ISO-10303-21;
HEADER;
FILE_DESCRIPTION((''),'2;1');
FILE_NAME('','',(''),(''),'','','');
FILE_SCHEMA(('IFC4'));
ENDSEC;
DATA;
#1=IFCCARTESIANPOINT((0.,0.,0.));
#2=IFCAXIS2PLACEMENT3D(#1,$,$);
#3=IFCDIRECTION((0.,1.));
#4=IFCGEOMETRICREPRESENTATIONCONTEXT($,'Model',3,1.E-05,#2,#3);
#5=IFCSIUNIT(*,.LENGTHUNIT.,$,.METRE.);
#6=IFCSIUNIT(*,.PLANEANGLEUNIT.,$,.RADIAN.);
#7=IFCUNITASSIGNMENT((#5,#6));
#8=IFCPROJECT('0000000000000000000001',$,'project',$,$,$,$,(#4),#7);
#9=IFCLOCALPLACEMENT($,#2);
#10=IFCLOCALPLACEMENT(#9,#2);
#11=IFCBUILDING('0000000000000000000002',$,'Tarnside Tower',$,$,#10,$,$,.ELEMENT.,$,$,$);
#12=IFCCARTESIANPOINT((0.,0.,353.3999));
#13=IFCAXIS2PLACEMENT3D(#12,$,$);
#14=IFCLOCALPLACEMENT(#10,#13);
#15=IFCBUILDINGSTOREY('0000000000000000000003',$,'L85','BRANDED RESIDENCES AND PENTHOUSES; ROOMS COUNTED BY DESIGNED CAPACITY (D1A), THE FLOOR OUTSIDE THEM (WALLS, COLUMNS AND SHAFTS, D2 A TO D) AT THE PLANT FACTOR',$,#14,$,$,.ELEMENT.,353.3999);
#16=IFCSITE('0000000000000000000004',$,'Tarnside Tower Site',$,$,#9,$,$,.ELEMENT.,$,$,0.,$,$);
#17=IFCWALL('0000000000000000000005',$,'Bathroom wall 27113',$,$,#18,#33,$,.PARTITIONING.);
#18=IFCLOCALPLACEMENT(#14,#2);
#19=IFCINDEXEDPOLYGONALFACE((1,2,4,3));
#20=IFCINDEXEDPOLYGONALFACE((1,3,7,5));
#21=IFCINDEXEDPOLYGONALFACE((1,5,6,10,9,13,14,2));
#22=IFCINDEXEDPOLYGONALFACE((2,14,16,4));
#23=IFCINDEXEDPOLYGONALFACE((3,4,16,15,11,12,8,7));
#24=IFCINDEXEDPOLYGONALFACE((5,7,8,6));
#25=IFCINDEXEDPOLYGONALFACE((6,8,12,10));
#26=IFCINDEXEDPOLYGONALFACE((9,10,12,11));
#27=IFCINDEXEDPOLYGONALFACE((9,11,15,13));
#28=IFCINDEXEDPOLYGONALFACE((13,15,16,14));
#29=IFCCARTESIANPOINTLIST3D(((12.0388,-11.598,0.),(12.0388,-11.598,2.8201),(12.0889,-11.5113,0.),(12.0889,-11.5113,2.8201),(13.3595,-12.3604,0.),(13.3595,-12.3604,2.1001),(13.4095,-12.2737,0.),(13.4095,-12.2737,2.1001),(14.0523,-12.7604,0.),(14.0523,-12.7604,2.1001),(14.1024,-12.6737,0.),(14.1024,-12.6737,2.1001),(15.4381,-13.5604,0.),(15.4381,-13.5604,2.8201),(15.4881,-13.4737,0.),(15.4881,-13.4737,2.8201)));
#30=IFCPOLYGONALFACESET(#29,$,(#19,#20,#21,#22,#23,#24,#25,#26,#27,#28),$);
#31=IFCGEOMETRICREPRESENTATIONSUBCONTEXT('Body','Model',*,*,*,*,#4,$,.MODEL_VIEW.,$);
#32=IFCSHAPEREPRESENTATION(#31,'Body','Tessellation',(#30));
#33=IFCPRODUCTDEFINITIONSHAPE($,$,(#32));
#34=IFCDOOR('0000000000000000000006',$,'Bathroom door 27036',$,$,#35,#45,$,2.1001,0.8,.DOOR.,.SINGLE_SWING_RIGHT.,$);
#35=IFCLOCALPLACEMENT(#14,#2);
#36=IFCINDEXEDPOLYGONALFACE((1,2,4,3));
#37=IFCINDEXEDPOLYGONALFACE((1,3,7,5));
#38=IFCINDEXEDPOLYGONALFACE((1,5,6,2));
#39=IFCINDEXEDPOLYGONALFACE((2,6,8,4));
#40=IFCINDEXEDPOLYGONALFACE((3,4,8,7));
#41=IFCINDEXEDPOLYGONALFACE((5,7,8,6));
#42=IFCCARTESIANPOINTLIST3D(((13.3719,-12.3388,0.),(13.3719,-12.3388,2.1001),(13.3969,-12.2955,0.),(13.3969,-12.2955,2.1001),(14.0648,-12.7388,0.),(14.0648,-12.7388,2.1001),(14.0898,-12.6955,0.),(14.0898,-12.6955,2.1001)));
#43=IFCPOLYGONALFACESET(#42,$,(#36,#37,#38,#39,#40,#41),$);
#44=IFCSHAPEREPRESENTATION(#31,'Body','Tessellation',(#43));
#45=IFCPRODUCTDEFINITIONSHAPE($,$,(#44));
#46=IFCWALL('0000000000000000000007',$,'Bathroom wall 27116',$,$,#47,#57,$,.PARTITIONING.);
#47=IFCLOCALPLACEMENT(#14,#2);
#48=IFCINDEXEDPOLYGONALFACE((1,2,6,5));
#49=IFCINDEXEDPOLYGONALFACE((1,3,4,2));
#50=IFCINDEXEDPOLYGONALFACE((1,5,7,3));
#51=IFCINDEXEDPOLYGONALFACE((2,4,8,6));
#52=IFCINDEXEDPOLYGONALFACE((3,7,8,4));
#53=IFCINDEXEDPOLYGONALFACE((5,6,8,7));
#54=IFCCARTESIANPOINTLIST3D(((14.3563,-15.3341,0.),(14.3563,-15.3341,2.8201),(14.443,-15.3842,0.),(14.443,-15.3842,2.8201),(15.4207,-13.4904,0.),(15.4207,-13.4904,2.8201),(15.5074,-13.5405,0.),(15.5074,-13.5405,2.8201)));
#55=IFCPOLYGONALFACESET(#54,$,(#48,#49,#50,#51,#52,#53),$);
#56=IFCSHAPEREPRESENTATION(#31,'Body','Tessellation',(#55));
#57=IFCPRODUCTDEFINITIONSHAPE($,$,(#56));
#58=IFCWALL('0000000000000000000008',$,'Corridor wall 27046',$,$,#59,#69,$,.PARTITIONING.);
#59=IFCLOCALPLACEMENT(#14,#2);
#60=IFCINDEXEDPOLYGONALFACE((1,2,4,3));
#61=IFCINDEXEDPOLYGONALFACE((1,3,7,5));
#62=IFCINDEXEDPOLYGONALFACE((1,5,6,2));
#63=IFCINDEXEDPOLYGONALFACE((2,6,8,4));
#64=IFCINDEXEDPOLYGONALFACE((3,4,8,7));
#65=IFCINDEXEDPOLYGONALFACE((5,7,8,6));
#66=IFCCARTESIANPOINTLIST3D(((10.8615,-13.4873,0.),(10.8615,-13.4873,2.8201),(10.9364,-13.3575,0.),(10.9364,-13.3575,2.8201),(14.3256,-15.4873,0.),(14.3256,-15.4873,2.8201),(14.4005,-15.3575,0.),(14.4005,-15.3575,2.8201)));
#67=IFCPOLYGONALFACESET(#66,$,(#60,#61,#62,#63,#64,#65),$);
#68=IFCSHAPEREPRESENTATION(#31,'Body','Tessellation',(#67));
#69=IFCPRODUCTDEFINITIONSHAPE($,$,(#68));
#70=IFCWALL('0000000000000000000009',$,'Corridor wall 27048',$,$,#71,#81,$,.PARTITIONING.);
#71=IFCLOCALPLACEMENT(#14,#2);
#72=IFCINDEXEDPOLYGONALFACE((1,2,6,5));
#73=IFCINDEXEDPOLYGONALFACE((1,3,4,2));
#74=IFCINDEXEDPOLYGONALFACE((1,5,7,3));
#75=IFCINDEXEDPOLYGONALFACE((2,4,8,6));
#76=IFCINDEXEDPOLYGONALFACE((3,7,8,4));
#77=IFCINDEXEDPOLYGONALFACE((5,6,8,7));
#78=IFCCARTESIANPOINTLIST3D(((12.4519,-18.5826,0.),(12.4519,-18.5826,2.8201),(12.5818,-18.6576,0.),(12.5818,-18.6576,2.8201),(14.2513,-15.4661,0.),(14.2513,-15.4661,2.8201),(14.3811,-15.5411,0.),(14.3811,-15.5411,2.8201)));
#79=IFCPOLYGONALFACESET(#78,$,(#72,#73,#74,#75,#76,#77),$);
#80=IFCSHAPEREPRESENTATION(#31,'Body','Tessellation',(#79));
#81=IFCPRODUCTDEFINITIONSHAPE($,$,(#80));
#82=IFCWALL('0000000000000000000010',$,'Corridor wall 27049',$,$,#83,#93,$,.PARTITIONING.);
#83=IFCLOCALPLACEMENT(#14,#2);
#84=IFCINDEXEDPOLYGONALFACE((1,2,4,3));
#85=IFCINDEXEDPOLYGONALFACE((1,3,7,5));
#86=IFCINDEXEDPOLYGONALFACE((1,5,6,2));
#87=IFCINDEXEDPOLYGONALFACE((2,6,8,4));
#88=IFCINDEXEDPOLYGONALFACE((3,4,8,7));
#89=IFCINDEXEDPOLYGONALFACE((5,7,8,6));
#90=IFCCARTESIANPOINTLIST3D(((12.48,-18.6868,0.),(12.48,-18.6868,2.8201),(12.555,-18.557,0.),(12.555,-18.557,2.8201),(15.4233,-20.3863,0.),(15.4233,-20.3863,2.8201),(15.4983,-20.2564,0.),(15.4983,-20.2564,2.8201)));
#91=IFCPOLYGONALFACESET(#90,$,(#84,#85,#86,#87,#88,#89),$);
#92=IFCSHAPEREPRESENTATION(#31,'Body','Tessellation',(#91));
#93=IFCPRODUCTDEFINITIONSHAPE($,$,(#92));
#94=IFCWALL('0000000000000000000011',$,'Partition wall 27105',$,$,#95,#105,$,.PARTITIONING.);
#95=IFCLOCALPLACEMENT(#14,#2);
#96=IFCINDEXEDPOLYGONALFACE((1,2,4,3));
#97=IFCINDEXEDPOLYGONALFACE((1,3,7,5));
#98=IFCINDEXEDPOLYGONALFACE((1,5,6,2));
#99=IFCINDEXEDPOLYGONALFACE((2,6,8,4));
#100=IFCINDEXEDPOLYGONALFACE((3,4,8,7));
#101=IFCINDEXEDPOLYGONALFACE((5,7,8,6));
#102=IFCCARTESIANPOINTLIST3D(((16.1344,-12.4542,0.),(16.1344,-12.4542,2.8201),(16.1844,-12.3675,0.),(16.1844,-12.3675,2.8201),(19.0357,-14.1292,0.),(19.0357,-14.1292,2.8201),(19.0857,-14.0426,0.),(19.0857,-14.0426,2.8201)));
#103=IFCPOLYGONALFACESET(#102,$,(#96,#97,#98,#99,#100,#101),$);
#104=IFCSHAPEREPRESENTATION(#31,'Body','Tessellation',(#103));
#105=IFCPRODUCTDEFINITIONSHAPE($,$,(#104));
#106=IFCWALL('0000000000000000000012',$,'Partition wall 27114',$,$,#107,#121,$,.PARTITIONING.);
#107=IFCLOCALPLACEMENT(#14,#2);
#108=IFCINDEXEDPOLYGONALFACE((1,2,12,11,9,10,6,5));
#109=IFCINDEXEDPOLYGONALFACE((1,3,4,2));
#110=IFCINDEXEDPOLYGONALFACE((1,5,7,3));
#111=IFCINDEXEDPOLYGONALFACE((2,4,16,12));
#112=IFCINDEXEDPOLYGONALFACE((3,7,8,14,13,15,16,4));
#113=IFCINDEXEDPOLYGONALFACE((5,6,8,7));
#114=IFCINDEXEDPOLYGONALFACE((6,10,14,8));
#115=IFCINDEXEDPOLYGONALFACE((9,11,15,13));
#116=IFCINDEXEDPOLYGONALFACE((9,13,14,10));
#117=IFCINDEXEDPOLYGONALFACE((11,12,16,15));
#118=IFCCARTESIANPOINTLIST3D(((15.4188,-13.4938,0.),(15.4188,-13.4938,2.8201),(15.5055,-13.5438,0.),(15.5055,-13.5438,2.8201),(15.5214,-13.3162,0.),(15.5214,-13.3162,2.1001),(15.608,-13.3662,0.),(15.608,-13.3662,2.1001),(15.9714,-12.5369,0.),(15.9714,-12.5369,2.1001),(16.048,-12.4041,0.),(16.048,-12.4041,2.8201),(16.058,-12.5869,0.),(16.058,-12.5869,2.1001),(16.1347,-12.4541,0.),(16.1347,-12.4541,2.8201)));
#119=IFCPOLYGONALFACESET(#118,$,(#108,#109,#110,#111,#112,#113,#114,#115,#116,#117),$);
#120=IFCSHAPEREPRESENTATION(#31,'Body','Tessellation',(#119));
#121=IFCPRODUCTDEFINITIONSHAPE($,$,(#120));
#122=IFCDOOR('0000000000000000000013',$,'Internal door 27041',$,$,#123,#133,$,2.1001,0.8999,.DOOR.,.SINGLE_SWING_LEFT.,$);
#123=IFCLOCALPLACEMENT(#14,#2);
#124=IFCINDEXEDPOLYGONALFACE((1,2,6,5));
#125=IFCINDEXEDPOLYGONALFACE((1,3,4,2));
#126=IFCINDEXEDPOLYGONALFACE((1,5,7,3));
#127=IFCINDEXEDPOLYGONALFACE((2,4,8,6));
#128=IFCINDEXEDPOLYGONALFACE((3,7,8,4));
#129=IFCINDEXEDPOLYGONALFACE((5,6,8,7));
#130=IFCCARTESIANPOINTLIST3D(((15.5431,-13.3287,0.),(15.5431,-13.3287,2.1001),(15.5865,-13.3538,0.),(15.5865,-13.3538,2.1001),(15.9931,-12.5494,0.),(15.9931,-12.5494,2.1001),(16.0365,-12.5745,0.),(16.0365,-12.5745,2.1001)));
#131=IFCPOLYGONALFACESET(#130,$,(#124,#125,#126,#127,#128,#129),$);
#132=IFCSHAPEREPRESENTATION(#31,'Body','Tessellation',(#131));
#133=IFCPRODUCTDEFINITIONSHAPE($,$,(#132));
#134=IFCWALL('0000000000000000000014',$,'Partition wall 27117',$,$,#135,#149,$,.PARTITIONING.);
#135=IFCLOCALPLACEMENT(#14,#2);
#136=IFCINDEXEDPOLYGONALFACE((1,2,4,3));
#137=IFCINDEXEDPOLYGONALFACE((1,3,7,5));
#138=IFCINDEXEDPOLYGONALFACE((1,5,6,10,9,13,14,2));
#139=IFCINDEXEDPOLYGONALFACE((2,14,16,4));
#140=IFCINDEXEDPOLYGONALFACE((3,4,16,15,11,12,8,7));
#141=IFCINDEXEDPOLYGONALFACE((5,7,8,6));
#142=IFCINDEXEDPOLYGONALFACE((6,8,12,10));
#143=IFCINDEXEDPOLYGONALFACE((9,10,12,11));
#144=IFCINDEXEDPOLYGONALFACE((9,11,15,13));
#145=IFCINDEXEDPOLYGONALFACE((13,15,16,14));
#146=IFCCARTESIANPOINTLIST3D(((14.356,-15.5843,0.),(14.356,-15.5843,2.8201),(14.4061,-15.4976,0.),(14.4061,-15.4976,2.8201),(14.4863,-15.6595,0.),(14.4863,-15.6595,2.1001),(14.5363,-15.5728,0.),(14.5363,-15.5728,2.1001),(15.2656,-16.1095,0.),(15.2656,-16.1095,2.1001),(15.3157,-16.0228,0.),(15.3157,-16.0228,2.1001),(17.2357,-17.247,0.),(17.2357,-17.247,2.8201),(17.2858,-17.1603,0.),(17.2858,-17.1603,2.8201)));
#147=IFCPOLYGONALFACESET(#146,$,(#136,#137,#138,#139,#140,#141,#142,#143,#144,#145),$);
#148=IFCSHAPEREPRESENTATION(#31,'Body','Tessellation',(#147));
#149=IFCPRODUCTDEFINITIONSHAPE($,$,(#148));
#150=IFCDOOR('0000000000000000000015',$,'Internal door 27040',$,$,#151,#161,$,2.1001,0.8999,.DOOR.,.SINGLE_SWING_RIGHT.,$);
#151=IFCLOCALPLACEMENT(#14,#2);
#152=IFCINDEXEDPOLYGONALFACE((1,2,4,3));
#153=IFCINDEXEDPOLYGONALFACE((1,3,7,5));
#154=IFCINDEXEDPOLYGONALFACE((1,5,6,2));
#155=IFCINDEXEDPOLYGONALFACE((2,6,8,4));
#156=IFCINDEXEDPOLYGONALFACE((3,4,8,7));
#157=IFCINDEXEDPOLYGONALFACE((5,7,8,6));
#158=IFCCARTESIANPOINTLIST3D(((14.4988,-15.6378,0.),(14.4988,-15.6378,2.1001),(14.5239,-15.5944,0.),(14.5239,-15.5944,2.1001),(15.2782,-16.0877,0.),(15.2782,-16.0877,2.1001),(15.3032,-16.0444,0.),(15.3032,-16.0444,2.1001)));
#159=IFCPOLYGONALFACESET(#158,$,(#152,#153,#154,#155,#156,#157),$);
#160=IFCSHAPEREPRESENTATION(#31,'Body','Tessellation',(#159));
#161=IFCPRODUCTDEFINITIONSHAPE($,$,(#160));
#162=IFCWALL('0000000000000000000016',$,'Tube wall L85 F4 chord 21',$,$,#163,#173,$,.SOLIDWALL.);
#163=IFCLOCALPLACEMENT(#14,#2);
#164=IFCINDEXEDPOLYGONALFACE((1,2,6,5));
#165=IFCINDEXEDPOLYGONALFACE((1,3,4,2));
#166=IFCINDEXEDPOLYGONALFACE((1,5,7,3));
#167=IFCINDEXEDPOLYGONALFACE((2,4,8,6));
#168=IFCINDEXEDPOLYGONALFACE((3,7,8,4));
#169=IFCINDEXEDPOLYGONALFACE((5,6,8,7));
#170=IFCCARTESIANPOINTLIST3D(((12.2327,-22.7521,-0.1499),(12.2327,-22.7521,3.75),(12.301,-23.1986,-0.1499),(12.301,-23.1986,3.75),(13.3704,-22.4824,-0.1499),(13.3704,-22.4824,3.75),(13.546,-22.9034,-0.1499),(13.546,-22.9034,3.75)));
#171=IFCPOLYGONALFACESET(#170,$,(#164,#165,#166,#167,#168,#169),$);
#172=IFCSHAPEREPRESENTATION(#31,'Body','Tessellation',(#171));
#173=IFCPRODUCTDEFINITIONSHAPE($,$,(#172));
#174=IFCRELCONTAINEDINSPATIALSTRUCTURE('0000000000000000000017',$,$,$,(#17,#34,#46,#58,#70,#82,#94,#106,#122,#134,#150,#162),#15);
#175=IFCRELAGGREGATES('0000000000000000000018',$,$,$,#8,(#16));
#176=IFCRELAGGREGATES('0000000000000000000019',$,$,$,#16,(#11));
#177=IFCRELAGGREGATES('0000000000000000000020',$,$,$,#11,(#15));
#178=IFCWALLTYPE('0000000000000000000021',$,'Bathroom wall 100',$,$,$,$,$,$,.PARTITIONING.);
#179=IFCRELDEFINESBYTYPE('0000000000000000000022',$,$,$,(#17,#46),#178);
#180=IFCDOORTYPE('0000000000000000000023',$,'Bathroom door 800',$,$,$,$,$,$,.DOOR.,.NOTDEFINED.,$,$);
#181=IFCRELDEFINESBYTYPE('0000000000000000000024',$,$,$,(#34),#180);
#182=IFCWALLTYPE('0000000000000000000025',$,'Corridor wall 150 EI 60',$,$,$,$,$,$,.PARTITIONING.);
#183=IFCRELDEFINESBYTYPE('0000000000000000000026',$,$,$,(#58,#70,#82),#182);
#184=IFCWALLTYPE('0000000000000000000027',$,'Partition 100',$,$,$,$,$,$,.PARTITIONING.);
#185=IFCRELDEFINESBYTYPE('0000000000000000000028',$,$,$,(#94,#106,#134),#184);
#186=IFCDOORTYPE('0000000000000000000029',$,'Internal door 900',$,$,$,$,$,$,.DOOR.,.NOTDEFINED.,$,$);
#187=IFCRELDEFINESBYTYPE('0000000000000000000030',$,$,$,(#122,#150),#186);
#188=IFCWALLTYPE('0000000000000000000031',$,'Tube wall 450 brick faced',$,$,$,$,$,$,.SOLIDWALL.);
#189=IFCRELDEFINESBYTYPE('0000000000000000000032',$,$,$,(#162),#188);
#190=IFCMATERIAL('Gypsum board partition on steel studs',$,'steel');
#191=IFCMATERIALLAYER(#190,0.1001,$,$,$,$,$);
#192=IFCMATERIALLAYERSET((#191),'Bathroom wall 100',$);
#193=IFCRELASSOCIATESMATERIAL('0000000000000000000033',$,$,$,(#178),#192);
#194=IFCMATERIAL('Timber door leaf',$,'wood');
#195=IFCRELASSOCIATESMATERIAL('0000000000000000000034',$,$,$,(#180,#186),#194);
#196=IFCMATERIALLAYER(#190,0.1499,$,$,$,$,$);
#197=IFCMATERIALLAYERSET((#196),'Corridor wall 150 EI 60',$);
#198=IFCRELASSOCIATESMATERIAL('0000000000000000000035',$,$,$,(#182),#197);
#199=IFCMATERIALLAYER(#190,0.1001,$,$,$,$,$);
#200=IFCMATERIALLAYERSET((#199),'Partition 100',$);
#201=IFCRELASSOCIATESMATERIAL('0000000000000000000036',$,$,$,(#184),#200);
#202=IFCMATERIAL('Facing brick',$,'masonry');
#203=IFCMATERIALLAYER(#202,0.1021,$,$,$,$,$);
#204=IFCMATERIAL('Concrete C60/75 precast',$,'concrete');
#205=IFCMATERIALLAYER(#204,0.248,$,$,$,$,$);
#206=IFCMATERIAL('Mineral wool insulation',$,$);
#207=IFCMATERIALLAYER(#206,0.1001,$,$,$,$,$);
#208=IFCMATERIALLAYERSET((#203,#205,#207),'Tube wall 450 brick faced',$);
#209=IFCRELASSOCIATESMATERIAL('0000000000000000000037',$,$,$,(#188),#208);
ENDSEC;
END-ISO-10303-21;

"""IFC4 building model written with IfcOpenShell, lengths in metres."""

from ifc_helpers import new_model, si_unit, direction, frame, frame_2d, origin, place, context, subcontext, project, spatial, polyline, rectangle, outline, extrude, material, layer, layer_set, type_object, element, fill, save


model = new_model("IFC4")

# Units and contexts
model_context = context("Model", 3, precision=1e-05, world=origin(), true_north=direction((0.0, 1.0)))
body_context = subcontext(model_context, "Body", "Model", "MODEL_VIEW")
ifc_project = project(units=[si_unit("LENGTHUNIT", "METRE"), si_unit("PLANEANGLEUNIT", "RADIAN")], contexts=[model_context])

# Site, building, storey
site_placement = place(None, origin())
site = spatial("IfcSite", under=ifc_project, at=site_placement, Name="Tarnside Tower Site", CompositionType="ELEMENT", RefElevation=0.0)
building_placement = place(site_placement, origin())
building = spatial("IfcBuilding", under=site, at=building_placement, Name="Tarnside Tower", CompositionType="ELEMENT")
storey_placement = place(building_placement, frame((0.0, 0.0, 353.3999)))
storey = spatial("IfcBuildingStorey", under=building, at=storey_placement, Name="L85", Description="BRANDED RESIDENCES AND PENTHOUSES; ROOMS COUNTED BY DESIGNED CAPACITY (D1A), THE FLOOR OUTSIDE THEM (WALLS, COLUMNS AND SHAFTS, D2 A TO D) AT THE PLANT FACTOR", CompositionType="ELEMENT", Elevation=353.3999)

# Wall, opening, door
ifc_material_1 = material(Name="Gypsum board partition on steel studs", Category="steel")
ifc_layer_1 = layer(ifc_material_1, 0.1001)
ifc_layer_set_1 = layer_set([ifc_layer_1], Name="Bathroom wall 100")
wall_type_1 = type_object("IfcWallType", Name="Bathroom wall 100", PredefinedType="PARTITIONING", material=ifc_layer_set_1)
wall_1_placement = place(storey_placement, frame((12.064, -11.5547, 0.0), z_axis=(0.0, 0.0, 1.0), x_axis=(0.866037, -0.499979, 0.0)))
wall_1 = element("IfcWall", 1, at=wall_1_placement, inside=storey, type_object=wall_type_1, Name="Bathroom wall 27113", PredefinedType="PARTITIONING", context=body_context, shape_type="SweptSolid", body=[
    extrude(rectangle(XDim=3.925, YDim=0.1001, at=frame_2d((1.9624, 0.0))), origin(), (0.0, 0.0, 1.0), 2.8201),
])
opening_1_placement = place(wall_1_placement, frame((1.5249, 0.0, 0.0)))
opening_1 = element("IfcOpeningElement", 2, at=opening_1_placement, cuts=wall_1, PredefinedType="OPENING", context=body_context, shape_type="SweptSolid", body=[
    extrude(rectangle(XDim=0.8, YDim=2.1001, at=frame_2d((0.3999, 1.05))), frame((0.0, 0.0601, 0.0), z_axis=(0.0, -1.0, 0.0), x_axis=(1.0, 0.0, 0.0)), (0.0, 0.0, 1.0), 0.1201),
])
ifc_material_2 = material(Name="Timber door leaf", Category="wood")
door_type_1 = type_object("IfcDoorType", Name="Bathroom door 800", OperationType="NOTDEFINED", PredefinedType="DOOR", material=ifc_material_2)
door_1_placement = place(opening_1_placement, origin())
door_1 = element("IfcDoor", 3, at=door_1_placement, inside=storey, type_object=door_type_1, Name="Bathroom door 27036", OperationType="SINGLE_SWING_RIGHT", OverallHeight=2.1001, OverallWidth=0.8, PredefinedType="DOOR", context=body_context, shape_type="SweptSolid", body=[
    extrude(rectangle(XDim=0.8, YDim=2.1001, at=frame_2d((0.3999, 1.05))), frame((0.0, 0.0249, 0.0), z_axis=(0.0, -1.0, 0.0), x_axis=(1.0, 0.0, 0.0)), (0.0, 0.0, 1.0), 0.05),
])
fill(opening_1, door_1)

# Walls
wall_2_placement = place(storey_placement, frame((14.3997, -15.3591, 0.0), z_axis=(0.0, 0.0, 1.0), x_axis=(0.499987, 0.866033, 0.0)))
element("IfcWall", 4, at=wall_2_placement, inside=storey, type_object=wall_type_1, Name="Bathroom wall 27116", PredefinedType="PARTITIONING", context=body_context, shape_type="SweptSolid", body=[
    extrude(rectangle(XDim=2.1289, YDim=0.1001, at=frame_2d((1.0645, 0.0))), origin(), (0.0, 0.0, 1.0), 2.8201),
])
ifc_layer_2 = layer(ifc_material_1, 0.1499)
ifc_layer_set_2 = layer_set([ifc_layer_2], Name="Corridor wall 150 EI 60")
wall_type_2 = type_object("IfcWallType", Name="Corridor wall 150 EI 60", PredefinedType="PARTITIONING", material=ifc_layer_set_2)
wall_3_placement = place(storey_placement, frame((14.363, -15.4224, 0.0), z_axis=(0.0, 0.0, 1.0), x_axis=(-0.866026, 0.499999, 0.0)))
element("IfcWall", 5, at=wall_3_placement, inside=storey, type_object=wall_type_2, Name="Corridor wall 27046", PredefinedType="PARTITIONING", context=body_context, shape_type="SweptSolid", body=[
    extrude(rectangle(XDim=4.0, YDim=0.1499, at=frame_2d((2.0, 0.0))), origin(), (0.0, 0.0, 1.0), 2.8201),
])
wall_4_placement = place(storey_placement, frame((12.5168, -18.6201, 0.0), z_axis=(0.0, 0.0, 1.0), x_axis=(0.500006, 0.866022, 0.0)))
element("IfcWall", 6, at=wall_4_placement, inside=storey, type_object=wall_type_2, Name="Corridor wall 27048", PredefinedType="PARTITIONING", context=body_context, shape_type="SweptSolid", body=[
    extrude(rectangle(XDim=3.5986, YDim=0.1499, at=frame_2d((1.7993, 0.0))), origin(), (0.0, 0.0, 1.0), 2.8201),
])
wall_5_placement = place(storey_placement, frame((15.4607, -20.3213, 0.0), z_axis=(0.0, 0.0, 1.0), x_axis=(-0.866011, 0.500025, 0.0)))
element("IfcWall", 7, at=wall_5_placement, inside=storey, type_object=wall_type_2, Name="Corridor wall 27049", PredefinedType="PARTITIONING", context=body_context, shape_type="SweptSolid", body=[
    extrude(rectangle(XDim=3.3987, YDim=0.1499, at=frame_2d((1.6992, 0.0))), origin(), (0.0, 0.0, 1.0), 2.8201),
])
ifc_layer_3 = layer(ifc_material_1, 0.1001)
ifc_layer_set_3 = layer_set([ifc_layer_3], Name="Partition 100")
wall_type_3 = type_object("IfcWallType", Name="Partition 100", PredefinedType="PARTITIONING", material=ifc_layer_set_3)
wall_6_placement = place(storey_placement, frame((16.1594, -12.4109, 0.0), z_axis=(0.0, 0.0, 1.0), x_axis=(0.866033, -0.499987, 0.0)))
element("IfcWall", 8, at=wall_6_placement, inside=storey, type_object=wall_type_3, Name="Partition wall 27105", PredefinedType="PARTITIONING", context=body_context, shape_type="SweptSolid", body=[
    extrude(rectangle(XDim=3.3501, YDim=0.1001, at=frame_2d((1.675, 0.0))), origin(), (0.0, 0.0, 1.0), 2.8201),
])

# Walls, openings, doors
wall_7_placement = place(storey_placement, frame((15.4622, -13.5188, 0.0), z_axis=(0.0, 0.0, 1.0), x_axis=(0.500042, 0.866001, 0.0)))
wall_7 = element("IfcWall", 9, at=wall_7_placement, inside=storey, type_object=wall_type_3, Name="Partition wall 27114", PredefinedType="PARTITIONING", context=body_context, shape_type="SweptSolid", body=[
    extrude(rectangle(XDim=1.2583, YDim=0.1001, at=frame_2d((0.6292, 0.0))), origin(), (0.0, 0.0, 1.0), 2.8201),
])
opening_2_placement = place(wall_7_placement, frame((0.2051, 0.0, 0.0)))
opening_2 = element("IfcOpeningElement", 10, at=opening_2_placement, cuts=wall_7, PredefinedType="OPENING", context=body_context, shape_type="SweptSolid", body=[
    extrude(rectangle(XDim=0.8999, YDim=2.1001, at=frame_2d((0.45, 1.05))), frame((0.0, 0.0601, 0.0), z_axis=(0.0, -1.0, 0.0), x_axis=(1.0, 0.0, 0.0)), (0.0, 0.0, 1.0), 0.1201),
])
door_type_2 = type_object("IfcDoorType", Name="Internal door 900", OperationType="NOTDEFINED", PredefinedType="DOOR", material=ifc_material_2)
door_2_placement = place(opening_2_placement, origin())
door_2 = element("IfcDoor", 11, at=door_2_placement, inside=storey, type_object=door_type_2, Name="Internal door 27041", OperationType="SINGLE_SWING_LEFT", OverallHeight=2.1001, OverallWidth=0.8999, PredefinedType="DOOR", context=body_context, shape_type="SweptSolid", body=[
    extrude(rectangle(XDim=0.8999, YDim=2.1001, at=frame_2d((0.45, 1.05))), frame((0.0, 0.0249, 0.0), z_axis=(0.0, -1.0, 0.0), x_axis=(1.0, 0.0, 0.0)), (0.0, 0.0, 1.0), 0.05),
])
fill(opening_2, door_2)
wall_8_placement = place(storey_placement, frame((17.2607, -17.2036, 0.0), z_axis=(0.0, 0.0, 1.0), x_axis=(-0.866021, 0.500008, 0.0)))
wall_8 = element("IfcWall", 12, at=wall_8_placement, inside=storey, type_object=wall_type_3, Name="Partition wall 27117", PredefinedType="PARTITIONING", context=body_context, shape_type="SweptSolid", body=[
    extrude(rectangle(XDim=3.3252, YDim=0.1001, at=frame_2d((1.6626, 0.0))), origin(), (0.0, 0.0, 1.0), 2.8201),
])
opening_3_placement = place(wall_8_placement, frame((2.2749, 0.0, 0.0)))
opening_3 = element("IfcOpeningElement", 13, at=opening_3_placement, cuts=wall_8, PredefinedType="OPENING", context=body_context, shape_type="SweptSolid", body=[
    extrude(rectangle(XDim=0.8999, YDim=2.1001, at=frame_2d((0.45, 1.05))), frame((0.0, 0.0601, 0.0), z_axis=(0.0, -1.0, 0.0), x_axis=(1.0, 0.0, 0.0)), (0.0, 0.0, 1.0), 0.1201),
])
door_3_placement = place(opening_3_placement, origin())
door_3 = element("IfcDoor", 14, at=door_3_placement, inside=storey, type_object=door_type_2, Name="Internal door 27040", OperationType="SINGLE_SWING_RIGHT", OverallHeight=2.1001, OverallWidth=0.8999, PredefinedType="DOOR", context=body_context, shape_type="SweptSolid", body=[
    extrude(rectangle(XDim=0.8999, YDim=2.1001, at=frame_2d((0.45, 1.05))), frame((0.0, 0.0249, 0.0), z_axis=(0.0, -1.0, 0.0), x_axis=(1.0, 0.0, 0.0)), (0.0, 0.0, 1.0), 0.05),
])
fill(opening_3, door_3)

# Wall
ifc_material_3 = material(Name="Facing brick", Category="masonry")
ifc_layer_4 = layer(ifc_material_3, 0.1021)
ifc_material_4 = material(Name="Concrete C60/75 precast", Category="concrete")
ifc_layer_5 = layer(ifc_material_4, 0.248)
ifc_material_5 = material(Name="Mineral wool insulation")
ifc_layer_6 = layer(ifc_material_5, 0.1001)
ifc_layer_set_4 = layer_set([ifc_layer_4, ifc_layer_5, ifc_layer_6], Name="Tube wall 450 brick faced")
wall_type_4 = type_object("IfcWallType", Name="Tube wall 450 brick faced", PredefinedType="SOLIDWALL", material=ifc_layer_set_4)
wall_9_placement = place(storey_placement, frame((12.2668, -22.9753, -0.1499), z_axis=(0.0, 0.0, 1.0), x_axis=(0.973026, 0.230695, 0.0)))
element("IfcWall", 15, at=wall_9_placement, inside=storey, type_object=wall_type_4, Name="Tube wall L85 F4 chord 21", PredefinedType="SOLIDWALL", context=body_context, shape_type="SweptSolid", body=[
    extrude(outline(polyline([(-0.0183, -0.2251), (1.2612, -0.2251), (1.1875, 0.2251), (0.0183, 0.2251), (-0.0183, -0.2251)])), origin(), (0.0, 0.0, 1.0), 3.8999),
])

save(model, "model.ifc")
